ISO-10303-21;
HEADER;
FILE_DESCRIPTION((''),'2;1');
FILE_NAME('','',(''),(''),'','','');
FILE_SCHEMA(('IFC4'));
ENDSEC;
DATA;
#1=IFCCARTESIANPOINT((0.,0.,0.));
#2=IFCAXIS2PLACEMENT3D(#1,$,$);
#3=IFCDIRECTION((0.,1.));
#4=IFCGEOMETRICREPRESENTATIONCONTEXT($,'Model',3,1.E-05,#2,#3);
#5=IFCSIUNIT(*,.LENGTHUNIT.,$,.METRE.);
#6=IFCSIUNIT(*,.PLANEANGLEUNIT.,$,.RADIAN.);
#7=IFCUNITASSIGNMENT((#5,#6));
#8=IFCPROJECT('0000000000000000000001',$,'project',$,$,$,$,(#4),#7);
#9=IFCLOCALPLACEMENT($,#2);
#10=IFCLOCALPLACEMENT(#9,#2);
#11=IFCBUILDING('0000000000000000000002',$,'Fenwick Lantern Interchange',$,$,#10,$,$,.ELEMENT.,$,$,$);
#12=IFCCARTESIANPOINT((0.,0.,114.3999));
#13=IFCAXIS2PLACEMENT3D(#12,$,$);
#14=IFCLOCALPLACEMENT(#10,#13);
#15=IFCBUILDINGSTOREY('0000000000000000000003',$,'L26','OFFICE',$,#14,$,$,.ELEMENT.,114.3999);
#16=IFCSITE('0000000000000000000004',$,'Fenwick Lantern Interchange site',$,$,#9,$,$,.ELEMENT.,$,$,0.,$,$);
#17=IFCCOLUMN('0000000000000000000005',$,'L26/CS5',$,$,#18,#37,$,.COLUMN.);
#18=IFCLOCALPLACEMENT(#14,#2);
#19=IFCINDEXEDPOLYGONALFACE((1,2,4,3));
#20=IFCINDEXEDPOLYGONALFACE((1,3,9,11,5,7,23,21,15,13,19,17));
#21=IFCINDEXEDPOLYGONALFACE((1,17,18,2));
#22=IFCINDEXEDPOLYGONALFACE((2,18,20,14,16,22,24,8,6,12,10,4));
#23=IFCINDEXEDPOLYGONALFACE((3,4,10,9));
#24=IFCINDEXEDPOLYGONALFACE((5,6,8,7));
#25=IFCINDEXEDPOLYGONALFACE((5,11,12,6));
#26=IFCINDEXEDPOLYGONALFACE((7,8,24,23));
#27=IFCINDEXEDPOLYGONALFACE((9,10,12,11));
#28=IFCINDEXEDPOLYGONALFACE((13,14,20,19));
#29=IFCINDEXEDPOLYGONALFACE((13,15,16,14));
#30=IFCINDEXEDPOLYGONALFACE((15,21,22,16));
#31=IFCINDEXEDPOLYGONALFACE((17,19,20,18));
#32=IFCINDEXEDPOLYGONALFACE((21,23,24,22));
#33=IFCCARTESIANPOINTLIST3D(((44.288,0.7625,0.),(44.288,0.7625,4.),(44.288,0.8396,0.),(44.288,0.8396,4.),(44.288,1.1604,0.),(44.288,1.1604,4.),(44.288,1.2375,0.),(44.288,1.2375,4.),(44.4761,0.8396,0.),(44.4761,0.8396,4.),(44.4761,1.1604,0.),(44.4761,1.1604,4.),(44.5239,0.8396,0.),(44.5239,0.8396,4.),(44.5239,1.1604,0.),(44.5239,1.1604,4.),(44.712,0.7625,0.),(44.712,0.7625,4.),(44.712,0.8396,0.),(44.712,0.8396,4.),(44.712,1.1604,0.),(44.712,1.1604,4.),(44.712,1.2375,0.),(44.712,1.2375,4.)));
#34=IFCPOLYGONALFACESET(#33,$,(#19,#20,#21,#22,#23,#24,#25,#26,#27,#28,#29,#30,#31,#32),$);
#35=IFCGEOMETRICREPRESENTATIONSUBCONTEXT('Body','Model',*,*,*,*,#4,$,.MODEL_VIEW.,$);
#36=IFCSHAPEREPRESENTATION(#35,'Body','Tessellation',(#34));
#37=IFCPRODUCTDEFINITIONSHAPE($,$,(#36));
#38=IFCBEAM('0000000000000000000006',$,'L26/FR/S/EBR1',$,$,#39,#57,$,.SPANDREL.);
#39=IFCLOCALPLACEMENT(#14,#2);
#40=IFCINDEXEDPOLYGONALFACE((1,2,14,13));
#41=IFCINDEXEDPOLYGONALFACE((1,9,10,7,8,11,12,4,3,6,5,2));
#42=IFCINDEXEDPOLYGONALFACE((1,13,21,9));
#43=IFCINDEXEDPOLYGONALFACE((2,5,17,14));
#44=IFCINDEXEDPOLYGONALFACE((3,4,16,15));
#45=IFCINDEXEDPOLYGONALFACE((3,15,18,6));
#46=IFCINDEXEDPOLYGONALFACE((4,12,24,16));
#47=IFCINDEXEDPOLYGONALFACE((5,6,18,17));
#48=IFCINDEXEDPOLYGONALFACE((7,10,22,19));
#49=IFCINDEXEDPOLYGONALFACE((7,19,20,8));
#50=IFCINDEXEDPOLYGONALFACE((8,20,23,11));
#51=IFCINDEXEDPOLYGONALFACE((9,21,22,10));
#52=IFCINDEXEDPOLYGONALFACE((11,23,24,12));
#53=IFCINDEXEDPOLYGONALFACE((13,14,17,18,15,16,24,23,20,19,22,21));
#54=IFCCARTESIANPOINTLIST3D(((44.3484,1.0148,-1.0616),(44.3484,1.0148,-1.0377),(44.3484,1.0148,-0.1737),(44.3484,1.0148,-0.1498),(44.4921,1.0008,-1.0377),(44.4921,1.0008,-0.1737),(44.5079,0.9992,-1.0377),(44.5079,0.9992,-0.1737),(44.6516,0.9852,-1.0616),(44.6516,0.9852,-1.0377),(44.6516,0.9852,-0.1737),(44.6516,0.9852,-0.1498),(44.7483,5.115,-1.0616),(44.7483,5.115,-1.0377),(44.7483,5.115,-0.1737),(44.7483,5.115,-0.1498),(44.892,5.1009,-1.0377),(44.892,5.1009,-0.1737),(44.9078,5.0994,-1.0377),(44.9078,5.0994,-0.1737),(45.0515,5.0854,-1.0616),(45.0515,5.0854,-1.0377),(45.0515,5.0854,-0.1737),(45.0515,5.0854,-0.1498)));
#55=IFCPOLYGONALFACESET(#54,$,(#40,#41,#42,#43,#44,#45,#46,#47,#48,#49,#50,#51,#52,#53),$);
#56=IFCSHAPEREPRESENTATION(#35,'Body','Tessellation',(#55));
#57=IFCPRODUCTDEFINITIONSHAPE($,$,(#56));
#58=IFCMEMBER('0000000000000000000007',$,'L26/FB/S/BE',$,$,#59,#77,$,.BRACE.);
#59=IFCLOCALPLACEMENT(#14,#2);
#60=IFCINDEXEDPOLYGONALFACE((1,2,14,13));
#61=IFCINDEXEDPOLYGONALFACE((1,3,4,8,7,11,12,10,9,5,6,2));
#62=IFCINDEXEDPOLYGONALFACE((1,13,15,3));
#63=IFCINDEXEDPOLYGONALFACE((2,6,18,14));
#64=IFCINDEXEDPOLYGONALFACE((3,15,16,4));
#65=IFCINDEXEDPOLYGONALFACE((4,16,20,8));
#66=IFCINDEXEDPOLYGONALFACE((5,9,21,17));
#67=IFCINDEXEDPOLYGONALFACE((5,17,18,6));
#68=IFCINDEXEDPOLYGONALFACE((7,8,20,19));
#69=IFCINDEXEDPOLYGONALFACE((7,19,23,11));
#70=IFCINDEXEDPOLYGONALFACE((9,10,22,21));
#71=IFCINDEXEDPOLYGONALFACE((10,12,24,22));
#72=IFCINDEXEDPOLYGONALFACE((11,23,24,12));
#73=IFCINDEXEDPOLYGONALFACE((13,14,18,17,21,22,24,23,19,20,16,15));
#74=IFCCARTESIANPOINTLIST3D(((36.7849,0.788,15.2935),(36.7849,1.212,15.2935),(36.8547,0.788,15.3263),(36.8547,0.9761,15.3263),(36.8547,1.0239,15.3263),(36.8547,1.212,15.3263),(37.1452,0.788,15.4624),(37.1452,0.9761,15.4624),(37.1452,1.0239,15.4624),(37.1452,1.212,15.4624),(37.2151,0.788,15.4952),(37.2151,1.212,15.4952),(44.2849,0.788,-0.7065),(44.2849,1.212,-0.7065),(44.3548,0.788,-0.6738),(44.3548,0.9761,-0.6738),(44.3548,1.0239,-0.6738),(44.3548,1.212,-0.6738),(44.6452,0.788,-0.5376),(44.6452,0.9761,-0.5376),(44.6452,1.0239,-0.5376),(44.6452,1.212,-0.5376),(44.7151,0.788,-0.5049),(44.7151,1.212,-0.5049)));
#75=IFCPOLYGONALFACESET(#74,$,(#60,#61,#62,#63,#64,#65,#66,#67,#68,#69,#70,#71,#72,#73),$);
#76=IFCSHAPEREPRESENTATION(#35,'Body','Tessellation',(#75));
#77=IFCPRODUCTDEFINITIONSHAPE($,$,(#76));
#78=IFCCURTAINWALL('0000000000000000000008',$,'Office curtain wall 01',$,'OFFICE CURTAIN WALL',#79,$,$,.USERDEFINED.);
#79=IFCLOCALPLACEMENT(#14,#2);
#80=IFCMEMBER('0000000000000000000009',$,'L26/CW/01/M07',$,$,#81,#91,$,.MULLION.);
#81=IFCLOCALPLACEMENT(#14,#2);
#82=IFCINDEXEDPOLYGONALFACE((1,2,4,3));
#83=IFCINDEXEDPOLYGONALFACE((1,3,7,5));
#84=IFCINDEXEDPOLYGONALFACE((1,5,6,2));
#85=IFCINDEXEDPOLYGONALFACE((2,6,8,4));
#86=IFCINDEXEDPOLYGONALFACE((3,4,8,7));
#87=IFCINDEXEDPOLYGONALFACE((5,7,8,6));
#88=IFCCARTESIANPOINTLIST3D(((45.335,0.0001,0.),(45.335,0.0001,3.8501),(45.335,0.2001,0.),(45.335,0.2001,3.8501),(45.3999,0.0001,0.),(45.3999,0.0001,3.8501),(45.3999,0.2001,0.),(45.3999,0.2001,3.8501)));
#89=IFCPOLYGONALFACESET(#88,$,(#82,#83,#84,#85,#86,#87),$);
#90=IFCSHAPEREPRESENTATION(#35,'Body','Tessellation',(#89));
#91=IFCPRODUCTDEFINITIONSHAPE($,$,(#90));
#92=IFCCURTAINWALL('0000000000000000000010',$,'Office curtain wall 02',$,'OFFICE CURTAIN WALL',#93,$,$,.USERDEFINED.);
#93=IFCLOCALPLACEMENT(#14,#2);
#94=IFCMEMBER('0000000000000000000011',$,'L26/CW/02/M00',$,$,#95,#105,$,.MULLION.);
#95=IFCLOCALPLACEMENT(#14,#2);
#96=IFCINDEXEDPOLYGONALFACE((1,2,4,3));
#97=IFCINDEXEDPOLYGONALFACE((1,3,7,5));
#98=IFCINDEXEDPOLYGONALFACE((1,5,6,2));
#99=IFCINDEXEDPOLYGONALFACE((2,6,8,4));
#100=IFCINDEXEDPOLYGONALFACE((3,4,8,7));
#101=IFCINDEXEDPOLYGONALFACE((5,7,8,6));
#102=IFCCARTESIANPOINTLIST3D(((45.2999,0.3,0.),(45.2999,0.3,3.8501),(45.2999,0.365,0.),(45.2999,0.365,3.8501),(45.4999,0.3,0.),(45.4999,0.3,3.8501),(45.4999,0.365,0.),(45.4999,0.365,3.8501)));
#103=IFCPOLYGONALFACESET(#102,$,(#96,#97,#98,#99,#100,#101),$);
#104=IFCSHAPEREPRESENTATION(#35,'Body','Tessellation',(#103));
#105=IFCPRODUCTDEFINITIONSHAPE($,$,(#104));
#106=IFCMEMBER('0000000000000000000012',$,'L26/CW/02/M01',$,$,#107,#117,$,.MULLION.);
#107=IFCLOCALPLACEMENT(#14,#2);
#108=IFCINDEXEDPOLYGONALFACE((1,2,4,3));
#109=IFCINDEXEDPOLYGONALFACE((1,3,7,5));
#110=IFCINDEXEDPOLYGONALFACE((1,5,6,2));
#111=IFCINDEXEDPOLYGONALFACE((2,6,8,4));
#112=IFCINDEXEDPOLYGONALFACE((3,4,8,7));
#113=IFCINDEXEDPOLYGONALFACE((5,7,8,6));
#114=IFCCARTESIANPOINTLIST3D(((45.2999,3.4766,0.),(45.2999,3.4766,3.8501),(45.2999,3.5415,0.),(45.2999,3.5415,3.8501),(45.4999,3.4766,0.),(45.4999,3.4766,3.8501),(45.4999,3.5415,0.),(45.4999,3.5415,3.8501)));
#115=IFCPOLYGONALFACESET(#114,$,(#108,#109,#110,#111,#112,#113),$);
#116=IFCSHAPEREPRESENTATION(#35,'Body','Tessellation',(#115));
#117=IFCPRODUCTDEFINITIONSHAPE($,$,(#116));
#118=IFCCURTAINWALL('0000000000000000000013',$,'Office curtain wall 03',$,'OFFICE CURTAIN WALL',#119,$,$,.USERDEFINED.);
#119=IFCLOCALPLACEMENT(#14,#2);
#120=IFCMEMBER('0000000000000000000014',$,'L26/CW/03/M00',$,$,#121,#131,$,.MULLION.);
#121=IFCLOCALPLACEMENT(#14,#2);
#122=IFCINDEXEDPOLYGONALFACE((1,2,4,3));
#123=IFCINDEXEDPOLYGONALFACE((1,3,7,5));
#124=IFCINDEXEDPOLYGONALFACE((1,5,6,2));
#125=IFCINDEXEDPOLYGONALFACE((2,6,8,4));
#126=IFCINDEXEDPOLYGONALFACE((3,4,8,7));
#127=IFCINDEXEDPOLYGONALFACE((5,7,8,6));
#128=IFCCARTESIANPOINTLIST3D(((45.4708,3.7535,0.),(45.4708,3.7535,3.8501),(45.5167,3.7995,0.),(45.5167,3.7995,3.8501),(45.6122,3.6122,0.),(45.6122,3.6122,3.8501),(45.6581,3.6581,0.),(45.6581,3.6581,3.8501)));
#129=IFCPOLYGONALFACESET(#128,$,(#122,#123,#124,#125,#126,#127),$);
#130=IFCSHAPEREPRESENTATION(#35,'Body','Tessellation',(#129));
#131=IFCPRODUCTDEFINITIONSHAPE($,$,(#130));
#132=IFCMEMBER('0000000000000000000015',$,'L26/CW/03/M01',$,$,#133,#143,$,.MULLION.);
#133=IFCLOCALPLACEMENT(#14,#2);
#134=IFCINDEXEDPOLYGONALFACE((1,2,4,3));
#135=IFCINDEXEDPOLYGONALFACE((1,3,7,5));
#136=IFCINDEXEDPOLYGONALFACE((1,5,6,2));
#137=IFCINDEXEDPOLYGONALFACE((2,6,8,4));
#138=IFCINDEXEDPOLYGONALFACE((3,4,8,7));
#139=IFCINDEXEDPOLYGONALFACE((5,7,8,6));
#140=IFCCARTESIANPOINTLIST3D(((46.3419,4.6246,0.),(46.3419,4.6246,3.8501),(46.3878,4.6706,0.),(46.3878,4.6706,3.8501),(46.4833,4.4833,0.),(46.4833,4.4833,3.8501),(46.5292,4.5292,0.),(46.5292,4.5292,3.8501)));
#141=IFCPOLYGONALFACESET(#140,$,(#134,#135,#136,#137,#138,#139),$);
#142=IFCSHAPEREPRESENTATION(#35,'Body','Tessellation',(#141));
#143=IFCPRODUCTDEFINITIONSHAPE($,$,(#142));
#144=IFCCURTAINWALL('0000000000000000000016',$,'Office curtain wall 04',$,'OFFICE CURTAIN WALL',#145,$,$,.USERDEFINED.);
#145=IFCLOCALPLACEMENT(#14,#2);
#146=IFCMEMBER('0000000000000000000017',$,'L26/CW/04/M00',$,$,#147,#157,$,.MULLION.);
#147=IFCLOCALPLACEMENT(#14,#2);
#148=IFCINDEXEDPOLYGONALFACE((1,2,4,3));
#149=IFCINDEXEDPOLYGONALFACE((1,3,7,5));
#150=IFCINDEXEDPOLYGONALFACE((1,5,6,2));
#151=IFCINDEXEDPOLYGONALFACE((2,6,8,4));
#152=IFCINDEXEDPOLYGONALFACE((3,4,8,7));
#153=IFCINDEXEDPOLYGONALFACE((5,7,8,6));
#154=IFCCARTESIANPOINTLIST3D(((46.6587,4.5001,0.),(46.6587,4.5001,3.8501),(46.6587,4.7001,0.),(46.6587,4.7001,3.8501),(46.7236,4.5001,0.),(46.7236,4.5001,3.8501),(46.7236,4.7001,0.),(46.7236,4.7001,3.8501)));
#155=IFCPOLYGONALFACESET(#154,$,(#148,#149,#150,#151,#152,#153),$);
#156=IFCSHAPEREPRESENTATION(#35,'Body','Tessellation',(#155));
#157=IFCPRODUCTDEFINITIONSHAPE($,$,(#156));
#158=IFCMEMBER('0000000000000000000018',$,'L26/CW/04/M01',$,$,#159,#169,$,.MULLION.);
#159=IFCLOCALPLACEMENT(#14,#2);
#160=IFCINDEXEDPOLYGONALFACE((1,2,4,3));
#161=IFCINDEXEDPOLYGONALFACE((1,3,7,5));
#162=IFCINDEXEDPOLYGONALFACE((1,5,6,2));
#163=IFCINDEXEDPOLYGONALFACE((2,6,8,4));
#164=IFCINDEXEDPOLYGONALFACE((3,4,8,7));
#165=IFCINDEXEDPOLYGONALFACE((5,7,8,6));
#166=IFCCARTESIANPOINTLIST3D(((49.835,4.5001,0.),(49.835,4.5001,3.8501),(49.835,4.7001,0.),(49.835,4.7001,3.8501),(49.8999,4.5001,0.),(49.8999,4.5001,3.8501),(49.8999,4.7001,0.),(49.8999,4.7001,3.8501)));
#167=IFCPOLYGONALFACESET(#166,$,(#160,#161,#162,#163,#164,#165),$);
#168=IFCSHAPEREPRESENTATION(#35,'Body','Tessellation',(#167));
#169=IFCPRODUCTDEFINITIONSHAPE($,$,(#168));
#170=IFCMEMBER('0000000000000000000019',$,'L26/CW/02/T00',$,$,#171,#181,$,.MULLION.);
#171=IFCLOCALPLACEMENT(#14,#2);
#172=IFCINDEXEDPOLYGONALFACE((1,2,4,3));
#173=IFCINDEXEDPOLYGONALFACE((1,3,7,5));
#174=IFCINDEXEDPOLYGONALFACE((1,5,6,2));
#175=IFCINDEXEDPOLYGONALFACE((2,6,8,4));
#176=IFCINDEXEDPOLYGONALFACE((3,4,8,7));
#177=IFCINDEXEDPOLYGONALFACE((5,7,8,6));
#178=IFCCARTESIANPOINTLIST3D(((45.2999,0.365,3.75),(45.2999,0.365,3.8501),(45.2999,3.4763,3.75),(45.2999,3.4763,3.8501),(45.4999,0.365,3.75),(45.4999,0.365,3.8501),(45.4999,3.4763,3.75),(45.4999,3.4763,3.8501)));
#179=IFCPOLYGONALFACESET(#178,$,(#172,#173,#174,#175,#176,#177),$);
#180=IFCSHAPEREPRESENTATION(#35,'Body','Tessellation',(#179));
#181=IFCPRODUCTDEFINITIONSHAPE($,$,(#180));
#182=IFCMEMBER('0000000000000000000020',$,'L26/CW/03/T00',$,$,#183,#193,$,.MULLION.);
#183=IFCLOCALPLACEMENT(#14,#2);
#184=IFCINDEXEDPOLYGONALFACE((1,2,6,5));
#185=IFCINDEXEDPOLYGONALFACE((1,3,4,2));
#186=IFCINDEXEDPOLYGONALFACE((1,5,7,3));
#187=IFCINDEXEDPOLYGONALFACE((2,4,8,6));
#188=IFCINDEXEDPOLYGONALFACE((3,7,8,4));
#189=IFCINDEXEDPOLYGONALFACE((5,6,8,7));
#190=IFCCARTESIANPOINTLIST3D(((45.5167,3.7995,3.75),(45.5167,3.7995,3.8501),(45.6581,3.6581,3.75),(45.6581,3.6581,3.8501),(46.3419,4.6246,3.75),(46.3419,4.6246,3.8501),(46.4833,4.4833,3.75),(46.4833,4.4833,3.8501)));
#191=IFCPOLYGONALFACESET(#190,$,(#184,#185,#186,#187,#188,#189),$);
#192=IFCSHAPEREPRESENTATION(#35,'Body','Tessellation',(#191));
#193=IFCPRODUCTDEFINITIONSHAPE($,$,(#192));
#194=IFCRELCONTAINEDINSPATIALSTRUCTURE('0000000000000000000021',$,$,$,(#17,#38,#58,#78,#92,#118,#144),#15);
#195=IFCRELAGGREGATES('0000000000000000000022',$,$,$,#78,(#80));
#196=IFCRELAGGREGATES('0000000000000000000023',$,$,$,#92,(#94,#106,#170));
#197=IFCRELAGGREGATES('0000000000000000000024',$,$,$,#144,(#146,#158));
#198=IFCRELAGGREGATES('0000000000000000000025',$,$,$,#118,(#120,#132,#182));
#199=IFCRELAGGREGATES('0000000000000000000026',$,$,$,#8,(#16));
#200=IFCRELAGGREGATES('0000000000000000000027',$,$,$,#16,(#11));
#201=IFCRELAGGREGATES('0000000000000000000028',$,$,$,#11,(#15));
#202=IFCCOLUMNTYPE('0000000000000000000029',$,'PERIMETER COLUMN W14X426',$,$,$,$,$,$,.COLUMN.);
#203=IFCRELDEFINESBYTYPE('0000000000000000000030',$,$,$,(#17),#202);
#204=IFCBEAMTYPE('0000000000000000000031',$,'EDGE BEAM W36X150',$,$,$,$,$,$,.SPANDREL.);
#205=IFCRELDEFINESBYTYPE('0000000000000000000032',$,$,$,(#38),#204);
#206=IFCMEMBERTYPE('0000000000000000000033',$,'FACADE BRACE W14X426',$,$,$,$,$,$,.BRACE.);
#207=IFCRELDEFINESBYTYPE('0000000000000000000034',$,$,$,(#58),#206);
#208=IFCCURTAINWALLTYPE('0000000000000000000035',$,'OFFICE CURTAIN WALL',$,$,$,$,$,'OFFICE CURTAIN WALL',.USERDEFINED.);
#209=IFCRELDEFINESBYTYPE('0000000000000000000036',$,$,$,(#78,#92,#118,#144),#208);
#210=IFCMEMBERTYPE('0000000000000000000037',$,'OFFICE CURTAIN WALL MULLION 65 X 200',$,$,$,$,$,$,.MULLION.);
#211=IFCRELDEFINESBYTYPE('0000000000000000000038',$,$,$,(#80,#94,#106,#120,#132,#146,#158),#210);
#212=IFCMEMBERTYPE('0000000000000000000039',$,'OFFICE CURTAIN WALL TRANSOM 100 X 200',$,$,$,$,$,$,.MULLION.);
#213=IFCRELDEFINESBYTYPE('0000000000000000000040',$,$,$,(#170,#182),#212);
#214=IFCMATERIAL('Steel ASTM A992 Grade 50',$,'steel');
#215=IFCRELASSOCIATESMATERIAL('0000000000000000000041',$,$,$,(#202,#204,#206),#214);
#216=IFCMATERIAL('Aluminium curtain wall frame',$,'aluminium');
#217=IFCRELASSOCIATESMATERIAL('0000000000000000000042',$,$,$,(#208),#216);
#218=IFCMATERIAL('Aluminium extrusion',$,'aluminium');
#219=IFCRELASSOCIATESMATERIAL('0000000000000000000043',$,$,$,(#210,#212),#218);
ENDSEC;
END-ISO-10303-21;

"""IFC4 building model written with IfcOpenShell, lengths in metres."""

from ifc_helpers import new_model, si_unit, direction, frame, origin, origin_2d, place, context, subcontext, project, spatial, rectangle, i_section, extrude, material, material_profile, profile_set, type_object, element, aggregate, save


model = new_model("IFC4")

# Units and contexts
model_context = context("Model", 3, precision=1e-05, world=origin(), true_north=direction((0.0, 1.0)))
body_context = subcontext(model_context, "Body", "Model", "MODEL_VIEW")
ifc_project = project(units=[si_unit("LENGTHUNIT", "METRE"), si_unit("PLANEANGLEUNIT", "RADIAN")], contexts=[model_context])

# Site, building, storey
site_placement = place(None, origin())
site = spatial("IfcSite", under=ifc_project, at=site_placement, Name="Fenwick Lantern Interchange site", CompositionType="ELEMENT", RefElevation=0.0)
building_placement = place(site_placement, origin())
building = spatial("IfcBuilding", under=site, at=building_placement, Name="Fenwick Lantern Interchange", CompositionType="ELEMENT")
storey_placement = place(building_placement, frame((0.0, 0.0, 114.3999)))
storey = spatial("IfcBuildingStorey", under=building, at=storey_placement, Name="L26", Description="OFFICE", CompositionType="ELEMENT", Elevation=114.3999)

# Column
ifc_material_1 = material(Name="Steel ASTM A992 Grade 50", Category="steel")
ifc_material_profile_1 = material_profile(ifc_material_1, i_section(OverallWidth=0.4241, OverallDepth=0.4751, WebThickness=0.0479, FlangeThickness=0.0771, at=origin_2d()), Name="W14X426")
ifc_profile_set_1 = profile_set([ifc_material_profile_1], Name="Steel ASTM A992 Grade 50")
column_type = type_object("IfcColumnType", Name="PERIMETER COLUMN W14X426", PredefinedType="COLUMN", material=ifc_profile_set_1)
column_placement = place(storey_placement, frame((44.5, 1.0, 0.0), z_axis=(0.0, 0.0, 1.0), x_axis=(1.0, 0.0, 0.0)))
element("IfcColumn", 1, at=column_placement, inside=storey, type_object=column_type, Name="L26/CS5", PredefinedType="COLUMN", context=body_context, shape_type="SweptSolid", body=[
    extrude(i_section(OverallWidth=0.4241, OverallDepth=0.4751, WebThickness=0.0479, FlangeThickness=0.0771, at=origin_2d()), origin(), (0.0, 0.0, 1.0), 4.0),
])

# Beam
ifc_material_profile_2 = material_profile(ifc_material_1, i_section(OverallWidth=0.3047, OverallDepth=0.9119, WebThickness=0.0159, FlangeThickness=0.0239, at=origin_2d()), Name="W36X150")
ifc_profile_set_2 = profile_set([ifc_material_profile_2], Name="Steel ASTM A992 Grade 50")
beam_type = type_object("IfcBeamType", Name="EDGE BEAM W36X150", PredefinedType="SPANDREL", material=ifc_profile_set_2)
beam_placement = place(storey_placement, frame((44.5, 1.0, -0.6057), z_axis=(0.097074, 0.995277, 0.0), x_axis=(-0.995277, 0.097074, 0.0)))
element("IfcBeam", 2, at=beam_placement, inside=storey, type_object=beam_type, Name="L26/FR/S/EBR1", PredefinedType="SPANDREL", context=body_context, shape_type="SweptSolid", body=[
    extrude(i_section(OverallWidth=0.3047, OverallDepth=0.9119, WebThickness=0.0159, FlangeThickness=0.0239, at=origin_2d()), origin(), (0.0, 0.0, 1.0), 4.1196),
])

# Member
ifc_material_profile_3 = material_profile(ifc_material_1, i_section(OverallWidth=0.4241, OverallDepth=0.4751, WebThickness=0.0479, FlangeThickness=0.0771, at=origin_2d()), Name="W14X426")
ifc_profile_set_3 = profile_set([ifc_material_profile_3], Name="Steel ASTM A992 Grade 50")
member_type_1 = type_object("IfcMemberType", Name="FACADE BRACE W14X426", PredefinedType="BRACE", material=ifc_profile_set_3)
member_1_placement = place(storey_placement, frame((44.5, 1.0, -0.6057), z_axis=(-0.424434, 0.0, 0.905459), x_axis=(0.0, -1.0, 0.0)))
element("IfcMember", 3, at=member_1_placement, inside=storey, type_object=member_type_1, Name="L26/FB/S/BE", PredefinedType="BRACE", context=body_context, shape_type="SweptSolid", body=[
    extrude(i_section(OverallWidth=0.4241, OverallDepth=0.4751, WebThickness=0.0479, FlangeThickness=0.0771, at=origin_2d()), origin(), (0.0, 0.0, 1.0), 17.6707),
])

# Curtain wall, member
ifc_material_2 = material(Name="Aluminium curtain wall frame", Category="aluminium")
curtain_wall_type = type_object("IfcCurtainWallType", Name="OFFICE CURTAIN WALL", ElementType="OFFICE CURTAIN WALL", PredefinedType="USERDEFINED", material=ifc_material_2)
curtain_wall_1_placement = place(storey_placement, origin())
curtain_wall_1 = element("IfcCurtainWall", 4, at=curtain_wall_1_placement, inside=storey, type_object=curtain_wall_type, Name="Office curtain wall 01", ObjectType="OFFICE CURTAIN WALL", PredefinedType="USERDEFINED")
ifc_material_3 = material(Name="Aluminium extrusion", Category="aluminium")
ifc_material_profile_4 = material_profile(ifc_material_3, rectangle(XDim=0.2, YDim=0.0649, at=origin_2d()), Name="OFFICE CURTAIN WALL MULLION 65 X 200")
ifc_profile_set_4 = profile_set([ifc_material_profile_4], Name="Aluminium extrusion")
member_type_2 = type_object("IfcMemberType", Name="OFFICE CURTAIN WALL MULLION 65 X 200", PredefinedType="MULLION", material=ifc_profile_set_4)
member_2_placement = place(storey_placement, frame((45.3674, 0.1001, 0.0), z_axis=(0.0, 0.0, 1.0), x_axis=(0.0, 1.0, 0.0)))
member_2 = element("IfcMember", 5, at=member_2_placement, type_object=member_type_2, Name="L26/CW/01/M07", PredefinedType="MULLION", context=body_context, shape_type="SweptSolid", body=[
    extrude(rectangle(XDim=0.2, YDim=0.0649, at=origin_2d()), origin(), (0.0, 0.0, 1.0), 3.8501),
])
aggregate(curtain_wall_1, [member_2])

# Curtain walls, members
curtain_wall_2_placement = place(storey_placement, origin())
curtain_wall_2 = element("IfcCurtainWall", 6, at=curtain_wall_2_placement, inside=storey, type_object=curtain_wall_type, Name="Office curtain wall 02", ObjectType="OFFICE CURTAIN WALL", PredefinedType="USERDEFINED")
member_3_placement = place(storey_placement, frame((45.3999, 0.3325, 0.0), z_axis=(0.0, 0.0, 1.0), x_axis=(-1.0, 0.0, 0.0)))
member_3 = element("IfcMember", 7, at=member_3_placement, type_object=member_type_2, Name="L26/CW/02/M00", PredefinedType="MULLION", context=body_context, shape_type="SweptSolid", body=[
    extrude(rectangle(XDim=0.2, YDim=0.0649, at=origin_2d()), origin(), (0.0, 0.0, 1.0), 3.8501),
])
member_4_placement = place(storey_placement, frame((45.3999, 3.509, 0.0), z_axis=(0.0, 0.0, 1.0), x_axis=(-1.0, 0.0, 0.0)))
member_4 = element("IfcMember", 8, at=member_4_placement, type_object=member_type_2, Name="L26/CW/02/M01", PredefinedType="MULLION", context=body_context, shape_type="SweptSolid", body=[
    extrude(rectangle(XDim=0.2, YDim=0.0649, at=origin_2d()), origin(), (0.0, 0.0, 1.0), 3.8501),
])
curtain_wall_3_placement = place(storey_placement, origin())
curtain_wall_3 = element("IfcCurtainWall", 9, at=curtain_wall_3_placement, inside=storey, type_object=curtain_wall_type, Name="Office curtain wall 03", ObjectType="OFFICE CURTAIN WALL", PredefinedType="USERDEFINED")
member_5_placement = place(storey_placement, frame((45.5645, 3.7058, 0.0), z_axis=(0.0, 0.0, 1.0), x_axis=(-0.707107, 0.707107, 0.0)))
member_5 = element("IfcMember", 10, at=member_5_placement, type_object=member_type_2, Name="L26/CW/03/M00", PredefinedType="MULLION", context=body_context, shape_type="SweptSolid", body=[
    extrude(rectangle(XDim=0.2, YDim=0.0649, at=origin_2d()), origin(), (0.0, 0.0, 1.0), 3.8501),
])
member_6_placement = place(storey_placement, frame((46.4355, 4.5769, 0.0), z_axis=(0.0, 0.0, 1.0), x_axis=(-0.707107, 0.707107, 0.0)))
member_6 = element("IfcMember", 11, at=member_6_placement, type_object=member_type_2, Name="L26/CW/03/M01", PredefinedType="MULLION", context=body_context, shape_type="SweptSolid", body=[
    extrude(rectangle(XDim=0.2, YDim=0.0649, at=origin_2d()), origin(), (0.0, 0.0, 1.0), 3.8501),
])
curtain_wall_4_placement = place(storey_placement, origin())
curtain_wall_4 = element("IfcCurtainWall", 12, at=curtain_wall_4_placement, inside=storey, type_object=curtain_wall_type, Name="Office curtain wall 04", ObjectType="OFFICE CURTAIN WALL", PredefinedType="USERDEFINED")
member_7_placement = place(storey_placement, frame((46.6912, 4.6001, 0.0), z_axis=(0.0, 0.0, 1.0), x_axis=(0.0, 1.0, 0.0)))
member_7 = element("IfcMember", 13, at=member_7_placement, type_object=member_type_2, Name="L26/CW/04/M00", PredefinedType="MULLION", context=body_context, shape_type="SweptSolid", body=[
    extrude(rectangle(XDim=0.2, YDim=0.0649, at=origin_2d()), origin(), (0.0, 0.0, 1.0), 3.8501),
])
member_8_placement = place(storey_placement, frame((49.8674, 4.6001, 0.0), z_axis=(0.0, 0.0, 1.0), x_axis=(0.0, 1.0, 0.0)))
member_8 = element("IfcMember", 14, at=member_8_placement, type_object=member_type_2, Name="L26/CW/04/M01", PredefinedType="MULLION", context=body_context, shape_type="SweptSolid", body=[
    extrude(rectangle(XDim=0.2, YDim=0.0649, at=origin_2d()), origin(), (0.0, 0.0, 1.0), 3.8501),
])

# Members
ifc_material_profile_5 = material_profile(ifc_material_3, rectangle(XDim=0.2, YDim=0.1001, at=origin_2d()), Name="OFFICE CURTAIN WALL TRANSOM 100 X 200")
ifc_profile_set_5 = profile_set([ifc_material_profile_5], Name="Aluminium extrusion")
member_type_3 = type_object("IfcMemberType", Name="OFFICE CURTAIN WALL TRANSOM 100 X 200", PredefinedType="MULLION", material=ifc_profile_set_5)
member_9_placement = place(storey_placement, frame((45.3999, 0.365, 3.8), z_axis=(0.0, 1.0, 0.0), x_axis=(-1.0, 0.0, 0.0)))
member_9 = element("IfcMember", 15, at=member_9_placement, type_object=member_type_3, Name="L26/CW/02/T00", PredefinedType="MULLION", context=body_context, shape_type="SweptSolid", body=[
    extrude(rectangle(XDim=0.2, YDim=0.1001, at=origin_2d()), origin(), (0.0, 0.0, 1.0), 3.1113),
])
aggregate(curtain_wall_2, [member_3, member_4, member_9])
member_10_placement = place(storey_placement, frame((45.5874, 3.7288, 3.8), z_axis=(0.707107, 0.707107, 0.0), x_axis=(-0.707107, 0.707107, 0.0)))
member_10 = element("IfcMember", 16, at=member_10_placement, type_object=member_type_3, Name="L26/CW/03/T00", PredefinedType="MULLION", context=body_context, shape_type="SweptSolid", body=[
    extrude(rectangle(XDim=0.2, YDim=0.1001, at=origin_2d()), origin(), (0.0, 0.0, 1.0), 1.167),
])
aggregate(curtain_wall_4, [member_7, member_8])

aggregate(curtain_wall_3, [member_5, member_6, member_10])

save(model, "model.ifc")
